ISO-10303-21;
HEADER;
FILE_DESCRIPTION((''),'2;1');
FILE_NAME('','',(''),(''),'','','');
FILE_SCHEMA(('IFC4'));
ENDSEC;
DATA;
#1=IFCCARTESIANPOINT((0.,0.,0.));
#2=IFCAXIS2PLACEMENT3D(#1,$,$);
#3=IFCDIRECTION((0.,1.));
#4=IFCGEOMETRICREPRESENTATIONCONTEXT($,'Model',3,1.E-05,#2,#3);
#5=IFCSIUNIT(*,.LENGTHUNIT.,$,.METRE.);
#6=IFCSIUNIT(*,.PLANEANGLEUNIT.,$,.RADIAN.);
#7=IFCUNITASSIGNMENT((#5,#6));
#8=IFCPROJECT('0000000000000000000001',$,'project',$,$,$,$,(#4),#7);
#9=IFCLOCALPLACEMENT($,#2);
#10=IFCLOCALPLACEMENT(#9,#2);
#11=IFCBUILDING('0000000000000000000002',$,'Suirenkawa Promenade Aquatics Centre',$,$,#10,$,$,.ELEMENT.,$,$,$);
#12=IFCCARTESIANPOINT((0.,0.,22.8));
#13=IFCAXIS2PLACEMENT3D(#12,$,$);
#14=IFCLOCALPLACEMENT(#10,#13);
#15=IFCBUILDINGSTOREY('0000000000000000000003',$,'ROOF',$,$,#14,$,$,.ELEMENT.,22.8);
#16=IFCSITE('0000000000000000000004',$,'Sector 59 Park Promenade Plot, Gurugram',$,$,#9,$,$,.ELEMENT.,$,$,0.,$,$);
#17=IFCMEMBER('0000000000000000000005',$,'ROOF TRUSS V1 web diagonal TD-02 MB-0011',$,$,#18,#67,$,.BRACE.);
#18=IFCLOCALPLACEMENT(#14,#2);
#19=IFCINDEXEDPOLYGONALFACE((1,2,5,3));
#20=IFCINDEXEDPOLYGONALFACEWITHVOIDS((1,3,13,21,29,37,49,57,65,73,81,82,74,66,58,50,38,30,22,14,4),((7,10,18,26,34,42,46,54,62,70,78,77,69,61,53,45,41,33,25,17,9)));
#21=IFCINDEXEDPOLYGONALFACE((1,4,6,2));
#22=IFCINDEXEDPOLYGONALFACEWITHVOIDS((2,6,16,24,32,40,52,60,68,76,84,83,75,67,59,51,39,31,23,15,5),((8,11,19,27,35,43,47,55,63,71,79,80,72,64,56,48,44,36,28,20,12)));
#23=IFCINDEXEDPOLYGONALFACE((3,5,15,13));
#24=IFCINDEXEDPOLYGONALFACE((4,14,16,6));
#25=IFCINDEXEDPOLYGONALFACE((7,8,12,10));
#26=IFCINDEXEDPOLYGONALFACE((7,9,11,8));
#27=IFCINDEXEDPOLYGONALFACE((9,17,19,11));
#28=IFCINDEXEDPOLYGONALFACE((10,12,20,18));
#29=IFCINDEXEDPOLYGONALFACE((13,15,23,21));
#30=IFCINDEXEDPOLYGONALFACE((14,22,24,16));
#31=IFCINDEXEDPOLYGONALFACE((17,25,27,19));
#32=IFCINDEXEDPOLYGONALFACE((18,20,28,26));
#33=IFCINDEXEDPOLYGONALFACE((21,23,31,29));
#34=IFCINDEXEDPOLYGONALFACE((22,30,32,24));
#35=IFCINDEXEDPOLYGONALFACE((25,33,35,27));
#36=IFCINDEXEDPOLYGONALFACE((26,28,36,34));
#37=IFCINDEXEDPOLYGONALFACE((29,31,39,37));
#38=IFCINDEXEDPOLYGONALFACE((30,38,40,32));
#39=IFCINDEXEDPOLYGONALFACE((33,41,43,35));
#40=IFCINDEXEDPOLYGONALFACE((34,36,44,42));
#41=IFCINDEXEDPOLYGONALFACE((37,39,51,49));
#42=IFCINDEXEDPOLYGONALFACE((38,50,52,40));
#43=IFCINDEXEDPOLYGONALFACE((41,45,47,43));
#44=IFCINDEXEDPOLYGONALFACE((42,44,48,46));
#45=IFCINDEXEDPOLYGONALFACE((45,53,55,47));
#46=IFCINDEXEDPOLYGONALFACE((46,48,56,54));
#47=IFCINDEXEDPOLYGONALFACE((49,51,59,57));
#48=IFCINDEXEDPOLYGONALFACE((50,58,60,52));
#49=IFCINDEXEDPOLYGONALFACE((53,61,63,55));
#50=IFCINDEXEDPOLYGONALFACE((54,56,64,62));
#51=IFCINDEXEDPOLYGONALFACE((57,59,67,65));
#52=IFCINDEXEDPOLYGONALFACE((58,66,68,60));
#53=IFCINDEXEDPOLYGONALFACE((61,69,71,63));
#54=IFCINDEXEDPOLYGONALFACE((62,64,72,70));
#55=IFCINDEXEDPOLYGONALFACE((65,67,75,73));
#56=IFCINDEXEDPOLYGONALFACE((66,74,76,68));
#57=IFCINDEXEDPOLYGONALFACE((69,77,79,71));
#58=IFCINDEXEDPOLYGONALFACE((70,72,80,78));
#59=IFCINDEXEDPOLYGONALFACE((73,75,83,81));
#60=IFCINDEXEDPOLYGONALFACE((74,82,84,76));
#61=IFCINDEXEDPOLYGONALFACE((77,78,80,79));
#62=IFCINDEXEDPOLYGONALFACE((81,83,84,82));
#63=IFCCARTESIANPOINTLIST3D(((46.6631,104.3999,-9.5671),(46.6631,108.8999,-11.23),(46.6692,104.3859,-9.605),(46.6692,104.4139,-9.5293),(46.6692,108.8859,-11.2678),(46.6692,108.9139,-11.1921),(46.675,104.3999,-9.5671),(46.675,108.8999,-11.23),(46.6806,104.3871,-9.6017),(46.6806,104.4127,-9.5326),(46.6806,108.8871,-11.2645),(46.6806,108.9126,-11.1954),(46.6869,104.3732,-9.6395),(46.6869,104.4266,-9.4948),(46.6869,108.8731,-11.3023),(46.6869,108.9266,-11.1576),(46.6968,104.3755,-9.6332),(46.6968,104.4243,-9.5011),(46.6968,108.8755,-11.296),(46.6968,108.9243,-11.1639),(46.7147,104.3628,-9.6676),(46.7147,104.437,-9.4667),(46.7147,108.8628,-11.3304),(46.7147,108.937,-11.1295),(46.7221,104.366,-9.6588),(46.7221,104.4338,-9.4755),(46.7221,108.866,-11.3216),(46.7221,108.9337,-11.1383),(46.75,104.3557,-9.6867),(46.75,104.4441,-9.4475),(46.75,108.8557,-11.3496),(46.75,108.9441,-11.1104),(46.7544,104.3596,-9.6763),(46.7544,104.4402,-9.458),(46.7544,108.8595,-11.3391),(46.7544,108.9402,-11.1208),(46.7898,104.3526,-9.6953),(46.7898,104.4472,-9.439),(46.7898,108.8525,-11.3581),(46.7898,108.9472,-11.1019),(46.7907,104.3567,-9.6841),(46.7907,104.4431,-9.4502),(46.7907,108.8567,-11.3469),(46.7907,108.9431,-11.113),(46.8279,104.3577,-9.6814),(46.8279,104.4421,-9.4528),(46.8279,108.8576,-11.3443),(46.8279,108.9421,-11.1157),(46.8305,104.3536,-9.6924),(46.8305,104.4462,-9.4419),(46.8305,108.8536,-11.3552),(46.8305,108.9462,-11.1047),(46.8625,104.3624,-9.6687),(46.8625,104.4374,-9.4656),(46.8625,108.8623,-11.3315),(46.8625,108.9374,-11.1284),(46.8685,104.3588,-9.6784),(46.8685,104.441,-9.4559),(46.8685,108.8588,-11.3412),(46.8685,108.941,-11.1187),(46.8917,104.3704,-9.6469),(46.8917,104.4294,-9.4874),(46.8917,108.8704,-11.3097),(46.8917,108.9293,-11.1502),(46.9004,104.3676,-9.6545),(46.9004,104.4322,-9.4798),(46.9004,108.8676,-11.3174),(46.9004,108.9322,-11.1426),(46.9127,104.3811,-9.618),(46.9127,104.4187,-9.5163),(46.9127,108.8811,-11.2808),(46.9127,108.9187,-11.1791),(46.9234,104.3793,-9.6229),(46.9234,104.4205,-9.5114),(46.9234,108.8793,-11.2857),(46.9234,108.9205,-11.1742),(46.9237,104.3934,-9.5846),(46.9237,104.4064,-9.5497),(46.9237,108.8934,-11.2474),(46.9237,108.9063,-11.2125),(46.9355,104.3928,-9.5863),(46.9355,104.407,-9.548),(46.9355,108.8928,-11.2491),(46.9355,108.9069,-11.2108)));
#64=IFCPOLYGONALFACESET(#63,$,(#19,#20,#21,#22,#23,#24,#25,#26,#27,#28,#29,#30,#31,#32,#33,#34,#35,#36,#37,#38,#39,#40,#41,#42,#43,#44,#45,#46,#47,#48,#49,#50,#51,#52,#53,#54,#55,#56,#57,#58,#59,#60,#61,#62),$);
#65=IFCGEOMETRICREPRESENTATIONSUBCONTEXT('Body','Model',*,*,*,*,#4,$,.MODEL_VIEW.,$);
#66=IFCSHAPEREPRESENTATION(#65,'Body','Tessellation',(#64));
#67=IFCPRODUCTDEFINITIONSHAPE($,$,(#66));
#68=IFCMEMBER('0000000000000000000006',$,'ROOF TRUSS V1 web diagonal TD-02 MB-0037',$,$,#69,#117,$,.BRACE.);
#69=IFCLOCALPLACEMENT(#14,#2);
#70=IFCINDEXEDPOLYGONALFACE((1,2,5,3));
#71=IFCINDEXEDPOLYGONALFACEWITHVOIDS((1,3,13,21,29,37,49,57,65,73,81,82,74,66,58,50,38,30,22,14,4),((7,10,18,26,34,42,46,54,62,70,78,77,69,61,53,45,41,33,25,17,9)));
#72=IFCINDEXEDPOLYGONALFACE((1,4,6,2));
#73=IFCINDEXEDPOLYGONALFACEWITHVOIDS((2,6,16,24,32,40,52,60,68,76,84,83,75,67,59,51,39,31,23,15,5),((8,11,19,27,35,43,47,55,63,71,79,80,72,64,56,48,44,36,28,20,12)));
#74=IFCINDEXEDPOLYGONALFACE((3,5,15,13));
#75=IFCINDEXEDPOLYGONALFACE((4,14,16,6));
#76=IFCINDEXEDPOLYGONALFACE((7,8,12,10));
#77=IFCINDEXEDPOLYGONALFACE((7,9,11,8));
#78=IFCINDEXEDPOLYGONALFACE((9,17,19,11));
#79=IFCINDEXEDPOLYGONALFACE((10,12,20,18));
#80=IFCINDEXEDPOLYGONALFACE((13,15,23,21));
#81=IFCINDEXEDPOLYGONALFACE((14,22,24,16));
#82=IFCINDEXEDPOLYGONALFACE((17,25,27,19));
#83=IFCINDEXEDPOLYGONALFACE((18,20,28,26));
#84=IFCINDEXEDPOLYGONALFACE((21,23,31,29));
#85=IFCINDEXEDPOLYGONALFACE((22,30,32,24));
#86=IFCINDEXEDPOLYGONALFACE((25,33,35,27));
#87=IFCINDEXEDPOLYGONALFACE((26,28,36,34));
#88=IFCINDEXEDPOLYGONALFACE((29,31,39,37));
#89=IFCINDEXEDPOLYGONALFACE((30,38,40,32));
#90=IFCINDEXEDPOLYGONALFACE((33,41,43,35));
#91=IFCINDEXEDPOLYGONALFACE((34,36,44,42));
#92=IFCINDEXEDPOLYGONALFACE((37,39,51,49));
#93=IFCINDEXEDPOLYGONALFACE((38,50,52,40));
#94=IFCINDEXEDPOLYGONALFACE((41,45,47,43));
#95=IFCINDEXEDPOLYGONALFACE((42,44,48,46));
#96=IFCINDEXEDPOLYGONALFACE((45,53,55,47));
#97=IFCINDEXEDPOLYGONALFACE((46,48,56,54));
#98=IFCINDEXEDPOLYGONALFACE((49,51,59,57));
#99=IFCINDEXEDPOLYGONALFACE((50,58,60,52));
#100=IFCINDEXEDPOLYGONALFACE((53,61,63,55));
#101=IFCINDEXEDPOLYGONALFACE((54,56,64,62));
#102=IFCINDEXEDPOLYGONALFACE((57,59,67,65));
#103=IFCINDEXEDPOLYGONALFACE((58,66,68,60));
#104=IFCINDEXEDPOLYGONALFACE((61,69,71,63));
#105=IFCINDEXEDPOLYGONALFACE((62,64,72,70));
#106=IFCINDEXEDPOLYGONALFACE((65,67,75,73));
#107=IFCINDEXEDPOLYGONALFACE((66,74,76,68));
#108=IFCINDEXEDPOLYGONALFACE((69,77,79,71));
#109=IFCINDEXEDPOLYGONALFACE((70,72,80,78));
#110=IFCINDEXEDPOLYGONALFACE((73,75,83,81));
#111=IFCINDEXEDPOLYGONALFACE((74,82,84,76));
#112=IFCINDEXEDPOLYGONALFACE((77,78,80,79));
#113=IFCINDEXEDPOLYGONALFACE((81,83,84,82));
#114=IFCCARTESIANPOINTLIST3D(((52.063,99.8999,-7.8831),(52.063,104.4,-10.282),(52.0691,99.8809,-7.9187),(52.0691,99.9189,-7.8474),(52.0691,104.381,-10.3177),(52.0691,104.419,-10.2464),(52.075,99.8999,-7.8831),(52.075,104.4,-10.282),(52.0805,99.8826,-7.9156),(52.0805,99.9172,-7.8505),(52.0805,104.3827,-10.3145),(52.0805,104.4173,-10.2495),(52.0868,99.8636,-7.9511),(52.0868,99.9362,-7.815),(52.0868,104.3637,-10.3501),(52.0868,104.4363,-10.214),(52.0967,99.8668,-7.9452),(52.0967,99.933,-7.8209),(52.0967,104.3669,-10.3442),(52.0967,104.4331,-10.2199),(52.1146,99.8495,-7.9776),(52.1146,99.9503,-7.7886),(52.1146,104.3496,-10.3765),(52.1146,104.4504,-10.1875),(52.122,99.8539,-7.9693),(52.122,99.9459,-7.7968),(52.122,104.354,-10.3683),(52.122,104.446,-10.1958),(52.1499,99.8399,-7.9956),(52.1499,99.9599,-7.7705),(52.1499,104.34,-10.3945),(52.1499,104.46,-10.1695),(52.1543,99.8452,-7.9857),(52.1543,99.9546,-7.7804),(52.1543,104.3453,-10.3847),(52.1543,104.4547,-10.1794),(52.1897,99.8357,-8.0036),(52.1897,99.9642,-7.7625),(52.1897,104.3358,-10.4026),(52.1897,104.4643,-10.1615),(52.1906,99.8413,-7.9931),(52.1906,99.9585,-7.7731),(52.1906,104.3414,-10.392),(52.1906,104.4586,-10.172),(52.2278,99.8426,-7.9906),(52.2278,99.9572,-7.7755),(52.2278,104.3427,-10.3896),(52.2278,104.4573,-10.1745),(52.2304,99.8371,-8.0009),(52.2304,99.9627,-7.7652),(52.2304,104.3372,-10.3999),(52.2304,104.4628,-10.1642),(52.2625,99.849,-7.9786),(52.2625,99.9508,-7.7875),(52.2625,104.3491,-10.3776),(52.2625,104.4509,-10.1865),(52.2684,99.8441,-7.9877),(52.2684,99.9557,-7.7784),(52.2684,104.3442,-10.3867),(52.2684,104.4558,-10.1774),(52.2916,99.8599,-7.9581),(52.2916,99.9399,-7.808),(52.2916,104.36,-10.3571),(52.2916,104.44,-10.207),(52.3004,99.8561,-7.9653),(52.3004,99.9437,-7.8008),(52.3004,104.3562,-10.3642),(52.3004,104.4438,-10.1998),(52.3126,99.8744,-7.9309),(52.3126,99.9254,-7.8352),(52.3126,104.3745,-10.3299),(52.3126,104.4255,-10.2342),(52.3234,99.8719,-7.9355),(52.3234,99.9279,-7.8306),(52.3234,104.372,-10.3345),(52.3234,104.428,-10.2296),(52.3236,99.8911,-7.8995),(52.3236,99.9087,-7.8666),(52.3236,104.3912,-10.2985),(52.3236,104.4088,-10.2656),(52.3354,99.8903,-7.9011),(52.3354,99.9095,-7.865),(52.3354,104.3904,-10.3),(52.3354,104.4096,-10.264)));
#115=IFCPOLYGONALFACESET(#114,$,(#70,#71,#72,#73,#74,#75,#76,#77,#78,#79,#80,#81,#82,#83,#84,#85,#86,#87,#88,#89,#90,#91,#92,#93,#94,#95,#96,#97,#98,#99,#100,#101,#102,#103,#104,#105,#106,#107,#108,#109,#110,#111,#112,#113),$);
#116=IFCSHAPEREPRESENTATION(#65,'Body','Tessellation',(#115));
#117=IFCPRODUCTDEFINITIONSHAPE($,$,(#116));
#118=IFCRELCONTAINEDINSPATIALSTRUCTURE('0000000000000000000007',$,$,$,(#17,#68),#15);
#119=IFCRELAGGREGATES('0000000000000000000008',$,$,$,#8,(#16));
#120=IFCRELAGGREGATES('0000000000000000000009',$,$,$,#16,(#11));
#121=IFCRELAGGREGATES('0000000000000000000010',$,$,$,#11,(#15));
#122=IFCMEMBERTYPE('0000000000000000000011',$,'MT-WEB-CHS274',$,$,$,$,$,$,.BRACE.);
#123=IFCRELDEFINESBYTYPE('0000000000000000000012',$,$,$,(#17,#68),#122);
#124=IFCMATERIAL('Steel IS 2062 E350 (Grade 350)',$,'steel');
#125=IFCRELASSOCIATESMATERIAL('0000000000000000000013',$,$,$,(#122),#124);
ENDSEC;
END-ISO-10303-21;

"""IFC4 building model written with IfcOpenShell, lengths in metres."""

from ifc_helpers import new_model, si_unit, direction, frame, origin, origin_2d, place, context, subcontext, project, spatial, hollow_circle, extrude, material, material_profile, profile_set, type_object, element, save


model = new_model("IFC4")

# Units and contexts
model_context = context("Model", 3, precision=1e-05, world=origin(), true_north=direction((0.0, 1.0)))
body_context = subcontext(model_context, "Body", "Model", "MODEL_VIEW")
ifc_project = project(units=[si_unit("LENGTHUNIT", "METRE"), si_unit("PLANEANGLEUNIT", "RADIAN")], contexts=[model_context])

# Site, building, storey
site_placement = place(None, origin())
site = spatial("IfcSite", under=ifc_project, at=site_placement, Name="Sector 59 Park Promenade Plot, Gurugram", CompositionType="ELEMENT", RefElevation=0.0)
building_placement = place(site_placement, origin())
building = spatial("IfcBuilding", under=site, at=building_placement, Name="Suirenkawa Promenade Aquatics Centre", CompositionType="ELEMENT")
storey_placement = place(building_placement, frame((0.0, 0.0, 22.8)))
storey = spatial("IfcBuildingStorey", under=building, at=storey_placement, Name="ROOF", CompositionType="ELEMENT", Elevation=22.8)

# Shared definitions
ifc_material = material(Name="Steel IS 2062 E350 (Grade 350)", Category="steel")

# Members
ifc_material_profile_1 = material_profile(ifc_material, hollow_circle(Radius=0.137, WallThickness=0.012, at=origin_2d()), Name="CHS 274x12", Category="steel")
ifc_profile_set_1 = profile_set([ifc_material_profile_1], Name="Steel IS 2062 E350 (Grade 350)")
member_type_1 = type_object("IfcMemberType", Name="MT-WEB-CHS274", PredefinedType="BRACE", material=ifc_profile_set_1)
member_1_placement = place(storey_placement, frame((46.8, 104.3999, -9.5671), z_axis=(0.0, 0.938008, -0.346613), x_axis=(-1.0, 0.0, 0.0)))
element("IfcMember", 1, at=member_1_placement, inside=storey, type_object=member_type_1, Name="ROOF TRUSS V1 web diagonal TD-02 MB-0011", PredefinedType="BRACE", context=body_context, shape_type="SweptSolid", body=[
    extrude(hollow_circle(Radius=0.137, WallThickness=0.012, at=origin_2d()), origin(), (0.0, 0.0, 1.0), 4.7974),
])
member_2_placement = place(storey_placement, frame((52.2, 99.8999, -7.8831), z_axis=(0.0, 0.88244, -0.470424), x_axis=(-1.0, 0.0, 0.0)))
element("IfcMember", 2, at=member_2_placement, inside=storey, type_object=member_type_1, Name="ROOF TRUSS V1 web diagonal TD-02 MB-0037", PredefinedType="BRACE", context=body_context, shape_type="SweptSolid", body=[
    extrude(hollow_circle(Radius=0.137, WallThickness=0.012, at=origin_2d()), origin(), (0.0, 0.0, 1.0), 5.0996),
])

save(model, "model.ifc")
